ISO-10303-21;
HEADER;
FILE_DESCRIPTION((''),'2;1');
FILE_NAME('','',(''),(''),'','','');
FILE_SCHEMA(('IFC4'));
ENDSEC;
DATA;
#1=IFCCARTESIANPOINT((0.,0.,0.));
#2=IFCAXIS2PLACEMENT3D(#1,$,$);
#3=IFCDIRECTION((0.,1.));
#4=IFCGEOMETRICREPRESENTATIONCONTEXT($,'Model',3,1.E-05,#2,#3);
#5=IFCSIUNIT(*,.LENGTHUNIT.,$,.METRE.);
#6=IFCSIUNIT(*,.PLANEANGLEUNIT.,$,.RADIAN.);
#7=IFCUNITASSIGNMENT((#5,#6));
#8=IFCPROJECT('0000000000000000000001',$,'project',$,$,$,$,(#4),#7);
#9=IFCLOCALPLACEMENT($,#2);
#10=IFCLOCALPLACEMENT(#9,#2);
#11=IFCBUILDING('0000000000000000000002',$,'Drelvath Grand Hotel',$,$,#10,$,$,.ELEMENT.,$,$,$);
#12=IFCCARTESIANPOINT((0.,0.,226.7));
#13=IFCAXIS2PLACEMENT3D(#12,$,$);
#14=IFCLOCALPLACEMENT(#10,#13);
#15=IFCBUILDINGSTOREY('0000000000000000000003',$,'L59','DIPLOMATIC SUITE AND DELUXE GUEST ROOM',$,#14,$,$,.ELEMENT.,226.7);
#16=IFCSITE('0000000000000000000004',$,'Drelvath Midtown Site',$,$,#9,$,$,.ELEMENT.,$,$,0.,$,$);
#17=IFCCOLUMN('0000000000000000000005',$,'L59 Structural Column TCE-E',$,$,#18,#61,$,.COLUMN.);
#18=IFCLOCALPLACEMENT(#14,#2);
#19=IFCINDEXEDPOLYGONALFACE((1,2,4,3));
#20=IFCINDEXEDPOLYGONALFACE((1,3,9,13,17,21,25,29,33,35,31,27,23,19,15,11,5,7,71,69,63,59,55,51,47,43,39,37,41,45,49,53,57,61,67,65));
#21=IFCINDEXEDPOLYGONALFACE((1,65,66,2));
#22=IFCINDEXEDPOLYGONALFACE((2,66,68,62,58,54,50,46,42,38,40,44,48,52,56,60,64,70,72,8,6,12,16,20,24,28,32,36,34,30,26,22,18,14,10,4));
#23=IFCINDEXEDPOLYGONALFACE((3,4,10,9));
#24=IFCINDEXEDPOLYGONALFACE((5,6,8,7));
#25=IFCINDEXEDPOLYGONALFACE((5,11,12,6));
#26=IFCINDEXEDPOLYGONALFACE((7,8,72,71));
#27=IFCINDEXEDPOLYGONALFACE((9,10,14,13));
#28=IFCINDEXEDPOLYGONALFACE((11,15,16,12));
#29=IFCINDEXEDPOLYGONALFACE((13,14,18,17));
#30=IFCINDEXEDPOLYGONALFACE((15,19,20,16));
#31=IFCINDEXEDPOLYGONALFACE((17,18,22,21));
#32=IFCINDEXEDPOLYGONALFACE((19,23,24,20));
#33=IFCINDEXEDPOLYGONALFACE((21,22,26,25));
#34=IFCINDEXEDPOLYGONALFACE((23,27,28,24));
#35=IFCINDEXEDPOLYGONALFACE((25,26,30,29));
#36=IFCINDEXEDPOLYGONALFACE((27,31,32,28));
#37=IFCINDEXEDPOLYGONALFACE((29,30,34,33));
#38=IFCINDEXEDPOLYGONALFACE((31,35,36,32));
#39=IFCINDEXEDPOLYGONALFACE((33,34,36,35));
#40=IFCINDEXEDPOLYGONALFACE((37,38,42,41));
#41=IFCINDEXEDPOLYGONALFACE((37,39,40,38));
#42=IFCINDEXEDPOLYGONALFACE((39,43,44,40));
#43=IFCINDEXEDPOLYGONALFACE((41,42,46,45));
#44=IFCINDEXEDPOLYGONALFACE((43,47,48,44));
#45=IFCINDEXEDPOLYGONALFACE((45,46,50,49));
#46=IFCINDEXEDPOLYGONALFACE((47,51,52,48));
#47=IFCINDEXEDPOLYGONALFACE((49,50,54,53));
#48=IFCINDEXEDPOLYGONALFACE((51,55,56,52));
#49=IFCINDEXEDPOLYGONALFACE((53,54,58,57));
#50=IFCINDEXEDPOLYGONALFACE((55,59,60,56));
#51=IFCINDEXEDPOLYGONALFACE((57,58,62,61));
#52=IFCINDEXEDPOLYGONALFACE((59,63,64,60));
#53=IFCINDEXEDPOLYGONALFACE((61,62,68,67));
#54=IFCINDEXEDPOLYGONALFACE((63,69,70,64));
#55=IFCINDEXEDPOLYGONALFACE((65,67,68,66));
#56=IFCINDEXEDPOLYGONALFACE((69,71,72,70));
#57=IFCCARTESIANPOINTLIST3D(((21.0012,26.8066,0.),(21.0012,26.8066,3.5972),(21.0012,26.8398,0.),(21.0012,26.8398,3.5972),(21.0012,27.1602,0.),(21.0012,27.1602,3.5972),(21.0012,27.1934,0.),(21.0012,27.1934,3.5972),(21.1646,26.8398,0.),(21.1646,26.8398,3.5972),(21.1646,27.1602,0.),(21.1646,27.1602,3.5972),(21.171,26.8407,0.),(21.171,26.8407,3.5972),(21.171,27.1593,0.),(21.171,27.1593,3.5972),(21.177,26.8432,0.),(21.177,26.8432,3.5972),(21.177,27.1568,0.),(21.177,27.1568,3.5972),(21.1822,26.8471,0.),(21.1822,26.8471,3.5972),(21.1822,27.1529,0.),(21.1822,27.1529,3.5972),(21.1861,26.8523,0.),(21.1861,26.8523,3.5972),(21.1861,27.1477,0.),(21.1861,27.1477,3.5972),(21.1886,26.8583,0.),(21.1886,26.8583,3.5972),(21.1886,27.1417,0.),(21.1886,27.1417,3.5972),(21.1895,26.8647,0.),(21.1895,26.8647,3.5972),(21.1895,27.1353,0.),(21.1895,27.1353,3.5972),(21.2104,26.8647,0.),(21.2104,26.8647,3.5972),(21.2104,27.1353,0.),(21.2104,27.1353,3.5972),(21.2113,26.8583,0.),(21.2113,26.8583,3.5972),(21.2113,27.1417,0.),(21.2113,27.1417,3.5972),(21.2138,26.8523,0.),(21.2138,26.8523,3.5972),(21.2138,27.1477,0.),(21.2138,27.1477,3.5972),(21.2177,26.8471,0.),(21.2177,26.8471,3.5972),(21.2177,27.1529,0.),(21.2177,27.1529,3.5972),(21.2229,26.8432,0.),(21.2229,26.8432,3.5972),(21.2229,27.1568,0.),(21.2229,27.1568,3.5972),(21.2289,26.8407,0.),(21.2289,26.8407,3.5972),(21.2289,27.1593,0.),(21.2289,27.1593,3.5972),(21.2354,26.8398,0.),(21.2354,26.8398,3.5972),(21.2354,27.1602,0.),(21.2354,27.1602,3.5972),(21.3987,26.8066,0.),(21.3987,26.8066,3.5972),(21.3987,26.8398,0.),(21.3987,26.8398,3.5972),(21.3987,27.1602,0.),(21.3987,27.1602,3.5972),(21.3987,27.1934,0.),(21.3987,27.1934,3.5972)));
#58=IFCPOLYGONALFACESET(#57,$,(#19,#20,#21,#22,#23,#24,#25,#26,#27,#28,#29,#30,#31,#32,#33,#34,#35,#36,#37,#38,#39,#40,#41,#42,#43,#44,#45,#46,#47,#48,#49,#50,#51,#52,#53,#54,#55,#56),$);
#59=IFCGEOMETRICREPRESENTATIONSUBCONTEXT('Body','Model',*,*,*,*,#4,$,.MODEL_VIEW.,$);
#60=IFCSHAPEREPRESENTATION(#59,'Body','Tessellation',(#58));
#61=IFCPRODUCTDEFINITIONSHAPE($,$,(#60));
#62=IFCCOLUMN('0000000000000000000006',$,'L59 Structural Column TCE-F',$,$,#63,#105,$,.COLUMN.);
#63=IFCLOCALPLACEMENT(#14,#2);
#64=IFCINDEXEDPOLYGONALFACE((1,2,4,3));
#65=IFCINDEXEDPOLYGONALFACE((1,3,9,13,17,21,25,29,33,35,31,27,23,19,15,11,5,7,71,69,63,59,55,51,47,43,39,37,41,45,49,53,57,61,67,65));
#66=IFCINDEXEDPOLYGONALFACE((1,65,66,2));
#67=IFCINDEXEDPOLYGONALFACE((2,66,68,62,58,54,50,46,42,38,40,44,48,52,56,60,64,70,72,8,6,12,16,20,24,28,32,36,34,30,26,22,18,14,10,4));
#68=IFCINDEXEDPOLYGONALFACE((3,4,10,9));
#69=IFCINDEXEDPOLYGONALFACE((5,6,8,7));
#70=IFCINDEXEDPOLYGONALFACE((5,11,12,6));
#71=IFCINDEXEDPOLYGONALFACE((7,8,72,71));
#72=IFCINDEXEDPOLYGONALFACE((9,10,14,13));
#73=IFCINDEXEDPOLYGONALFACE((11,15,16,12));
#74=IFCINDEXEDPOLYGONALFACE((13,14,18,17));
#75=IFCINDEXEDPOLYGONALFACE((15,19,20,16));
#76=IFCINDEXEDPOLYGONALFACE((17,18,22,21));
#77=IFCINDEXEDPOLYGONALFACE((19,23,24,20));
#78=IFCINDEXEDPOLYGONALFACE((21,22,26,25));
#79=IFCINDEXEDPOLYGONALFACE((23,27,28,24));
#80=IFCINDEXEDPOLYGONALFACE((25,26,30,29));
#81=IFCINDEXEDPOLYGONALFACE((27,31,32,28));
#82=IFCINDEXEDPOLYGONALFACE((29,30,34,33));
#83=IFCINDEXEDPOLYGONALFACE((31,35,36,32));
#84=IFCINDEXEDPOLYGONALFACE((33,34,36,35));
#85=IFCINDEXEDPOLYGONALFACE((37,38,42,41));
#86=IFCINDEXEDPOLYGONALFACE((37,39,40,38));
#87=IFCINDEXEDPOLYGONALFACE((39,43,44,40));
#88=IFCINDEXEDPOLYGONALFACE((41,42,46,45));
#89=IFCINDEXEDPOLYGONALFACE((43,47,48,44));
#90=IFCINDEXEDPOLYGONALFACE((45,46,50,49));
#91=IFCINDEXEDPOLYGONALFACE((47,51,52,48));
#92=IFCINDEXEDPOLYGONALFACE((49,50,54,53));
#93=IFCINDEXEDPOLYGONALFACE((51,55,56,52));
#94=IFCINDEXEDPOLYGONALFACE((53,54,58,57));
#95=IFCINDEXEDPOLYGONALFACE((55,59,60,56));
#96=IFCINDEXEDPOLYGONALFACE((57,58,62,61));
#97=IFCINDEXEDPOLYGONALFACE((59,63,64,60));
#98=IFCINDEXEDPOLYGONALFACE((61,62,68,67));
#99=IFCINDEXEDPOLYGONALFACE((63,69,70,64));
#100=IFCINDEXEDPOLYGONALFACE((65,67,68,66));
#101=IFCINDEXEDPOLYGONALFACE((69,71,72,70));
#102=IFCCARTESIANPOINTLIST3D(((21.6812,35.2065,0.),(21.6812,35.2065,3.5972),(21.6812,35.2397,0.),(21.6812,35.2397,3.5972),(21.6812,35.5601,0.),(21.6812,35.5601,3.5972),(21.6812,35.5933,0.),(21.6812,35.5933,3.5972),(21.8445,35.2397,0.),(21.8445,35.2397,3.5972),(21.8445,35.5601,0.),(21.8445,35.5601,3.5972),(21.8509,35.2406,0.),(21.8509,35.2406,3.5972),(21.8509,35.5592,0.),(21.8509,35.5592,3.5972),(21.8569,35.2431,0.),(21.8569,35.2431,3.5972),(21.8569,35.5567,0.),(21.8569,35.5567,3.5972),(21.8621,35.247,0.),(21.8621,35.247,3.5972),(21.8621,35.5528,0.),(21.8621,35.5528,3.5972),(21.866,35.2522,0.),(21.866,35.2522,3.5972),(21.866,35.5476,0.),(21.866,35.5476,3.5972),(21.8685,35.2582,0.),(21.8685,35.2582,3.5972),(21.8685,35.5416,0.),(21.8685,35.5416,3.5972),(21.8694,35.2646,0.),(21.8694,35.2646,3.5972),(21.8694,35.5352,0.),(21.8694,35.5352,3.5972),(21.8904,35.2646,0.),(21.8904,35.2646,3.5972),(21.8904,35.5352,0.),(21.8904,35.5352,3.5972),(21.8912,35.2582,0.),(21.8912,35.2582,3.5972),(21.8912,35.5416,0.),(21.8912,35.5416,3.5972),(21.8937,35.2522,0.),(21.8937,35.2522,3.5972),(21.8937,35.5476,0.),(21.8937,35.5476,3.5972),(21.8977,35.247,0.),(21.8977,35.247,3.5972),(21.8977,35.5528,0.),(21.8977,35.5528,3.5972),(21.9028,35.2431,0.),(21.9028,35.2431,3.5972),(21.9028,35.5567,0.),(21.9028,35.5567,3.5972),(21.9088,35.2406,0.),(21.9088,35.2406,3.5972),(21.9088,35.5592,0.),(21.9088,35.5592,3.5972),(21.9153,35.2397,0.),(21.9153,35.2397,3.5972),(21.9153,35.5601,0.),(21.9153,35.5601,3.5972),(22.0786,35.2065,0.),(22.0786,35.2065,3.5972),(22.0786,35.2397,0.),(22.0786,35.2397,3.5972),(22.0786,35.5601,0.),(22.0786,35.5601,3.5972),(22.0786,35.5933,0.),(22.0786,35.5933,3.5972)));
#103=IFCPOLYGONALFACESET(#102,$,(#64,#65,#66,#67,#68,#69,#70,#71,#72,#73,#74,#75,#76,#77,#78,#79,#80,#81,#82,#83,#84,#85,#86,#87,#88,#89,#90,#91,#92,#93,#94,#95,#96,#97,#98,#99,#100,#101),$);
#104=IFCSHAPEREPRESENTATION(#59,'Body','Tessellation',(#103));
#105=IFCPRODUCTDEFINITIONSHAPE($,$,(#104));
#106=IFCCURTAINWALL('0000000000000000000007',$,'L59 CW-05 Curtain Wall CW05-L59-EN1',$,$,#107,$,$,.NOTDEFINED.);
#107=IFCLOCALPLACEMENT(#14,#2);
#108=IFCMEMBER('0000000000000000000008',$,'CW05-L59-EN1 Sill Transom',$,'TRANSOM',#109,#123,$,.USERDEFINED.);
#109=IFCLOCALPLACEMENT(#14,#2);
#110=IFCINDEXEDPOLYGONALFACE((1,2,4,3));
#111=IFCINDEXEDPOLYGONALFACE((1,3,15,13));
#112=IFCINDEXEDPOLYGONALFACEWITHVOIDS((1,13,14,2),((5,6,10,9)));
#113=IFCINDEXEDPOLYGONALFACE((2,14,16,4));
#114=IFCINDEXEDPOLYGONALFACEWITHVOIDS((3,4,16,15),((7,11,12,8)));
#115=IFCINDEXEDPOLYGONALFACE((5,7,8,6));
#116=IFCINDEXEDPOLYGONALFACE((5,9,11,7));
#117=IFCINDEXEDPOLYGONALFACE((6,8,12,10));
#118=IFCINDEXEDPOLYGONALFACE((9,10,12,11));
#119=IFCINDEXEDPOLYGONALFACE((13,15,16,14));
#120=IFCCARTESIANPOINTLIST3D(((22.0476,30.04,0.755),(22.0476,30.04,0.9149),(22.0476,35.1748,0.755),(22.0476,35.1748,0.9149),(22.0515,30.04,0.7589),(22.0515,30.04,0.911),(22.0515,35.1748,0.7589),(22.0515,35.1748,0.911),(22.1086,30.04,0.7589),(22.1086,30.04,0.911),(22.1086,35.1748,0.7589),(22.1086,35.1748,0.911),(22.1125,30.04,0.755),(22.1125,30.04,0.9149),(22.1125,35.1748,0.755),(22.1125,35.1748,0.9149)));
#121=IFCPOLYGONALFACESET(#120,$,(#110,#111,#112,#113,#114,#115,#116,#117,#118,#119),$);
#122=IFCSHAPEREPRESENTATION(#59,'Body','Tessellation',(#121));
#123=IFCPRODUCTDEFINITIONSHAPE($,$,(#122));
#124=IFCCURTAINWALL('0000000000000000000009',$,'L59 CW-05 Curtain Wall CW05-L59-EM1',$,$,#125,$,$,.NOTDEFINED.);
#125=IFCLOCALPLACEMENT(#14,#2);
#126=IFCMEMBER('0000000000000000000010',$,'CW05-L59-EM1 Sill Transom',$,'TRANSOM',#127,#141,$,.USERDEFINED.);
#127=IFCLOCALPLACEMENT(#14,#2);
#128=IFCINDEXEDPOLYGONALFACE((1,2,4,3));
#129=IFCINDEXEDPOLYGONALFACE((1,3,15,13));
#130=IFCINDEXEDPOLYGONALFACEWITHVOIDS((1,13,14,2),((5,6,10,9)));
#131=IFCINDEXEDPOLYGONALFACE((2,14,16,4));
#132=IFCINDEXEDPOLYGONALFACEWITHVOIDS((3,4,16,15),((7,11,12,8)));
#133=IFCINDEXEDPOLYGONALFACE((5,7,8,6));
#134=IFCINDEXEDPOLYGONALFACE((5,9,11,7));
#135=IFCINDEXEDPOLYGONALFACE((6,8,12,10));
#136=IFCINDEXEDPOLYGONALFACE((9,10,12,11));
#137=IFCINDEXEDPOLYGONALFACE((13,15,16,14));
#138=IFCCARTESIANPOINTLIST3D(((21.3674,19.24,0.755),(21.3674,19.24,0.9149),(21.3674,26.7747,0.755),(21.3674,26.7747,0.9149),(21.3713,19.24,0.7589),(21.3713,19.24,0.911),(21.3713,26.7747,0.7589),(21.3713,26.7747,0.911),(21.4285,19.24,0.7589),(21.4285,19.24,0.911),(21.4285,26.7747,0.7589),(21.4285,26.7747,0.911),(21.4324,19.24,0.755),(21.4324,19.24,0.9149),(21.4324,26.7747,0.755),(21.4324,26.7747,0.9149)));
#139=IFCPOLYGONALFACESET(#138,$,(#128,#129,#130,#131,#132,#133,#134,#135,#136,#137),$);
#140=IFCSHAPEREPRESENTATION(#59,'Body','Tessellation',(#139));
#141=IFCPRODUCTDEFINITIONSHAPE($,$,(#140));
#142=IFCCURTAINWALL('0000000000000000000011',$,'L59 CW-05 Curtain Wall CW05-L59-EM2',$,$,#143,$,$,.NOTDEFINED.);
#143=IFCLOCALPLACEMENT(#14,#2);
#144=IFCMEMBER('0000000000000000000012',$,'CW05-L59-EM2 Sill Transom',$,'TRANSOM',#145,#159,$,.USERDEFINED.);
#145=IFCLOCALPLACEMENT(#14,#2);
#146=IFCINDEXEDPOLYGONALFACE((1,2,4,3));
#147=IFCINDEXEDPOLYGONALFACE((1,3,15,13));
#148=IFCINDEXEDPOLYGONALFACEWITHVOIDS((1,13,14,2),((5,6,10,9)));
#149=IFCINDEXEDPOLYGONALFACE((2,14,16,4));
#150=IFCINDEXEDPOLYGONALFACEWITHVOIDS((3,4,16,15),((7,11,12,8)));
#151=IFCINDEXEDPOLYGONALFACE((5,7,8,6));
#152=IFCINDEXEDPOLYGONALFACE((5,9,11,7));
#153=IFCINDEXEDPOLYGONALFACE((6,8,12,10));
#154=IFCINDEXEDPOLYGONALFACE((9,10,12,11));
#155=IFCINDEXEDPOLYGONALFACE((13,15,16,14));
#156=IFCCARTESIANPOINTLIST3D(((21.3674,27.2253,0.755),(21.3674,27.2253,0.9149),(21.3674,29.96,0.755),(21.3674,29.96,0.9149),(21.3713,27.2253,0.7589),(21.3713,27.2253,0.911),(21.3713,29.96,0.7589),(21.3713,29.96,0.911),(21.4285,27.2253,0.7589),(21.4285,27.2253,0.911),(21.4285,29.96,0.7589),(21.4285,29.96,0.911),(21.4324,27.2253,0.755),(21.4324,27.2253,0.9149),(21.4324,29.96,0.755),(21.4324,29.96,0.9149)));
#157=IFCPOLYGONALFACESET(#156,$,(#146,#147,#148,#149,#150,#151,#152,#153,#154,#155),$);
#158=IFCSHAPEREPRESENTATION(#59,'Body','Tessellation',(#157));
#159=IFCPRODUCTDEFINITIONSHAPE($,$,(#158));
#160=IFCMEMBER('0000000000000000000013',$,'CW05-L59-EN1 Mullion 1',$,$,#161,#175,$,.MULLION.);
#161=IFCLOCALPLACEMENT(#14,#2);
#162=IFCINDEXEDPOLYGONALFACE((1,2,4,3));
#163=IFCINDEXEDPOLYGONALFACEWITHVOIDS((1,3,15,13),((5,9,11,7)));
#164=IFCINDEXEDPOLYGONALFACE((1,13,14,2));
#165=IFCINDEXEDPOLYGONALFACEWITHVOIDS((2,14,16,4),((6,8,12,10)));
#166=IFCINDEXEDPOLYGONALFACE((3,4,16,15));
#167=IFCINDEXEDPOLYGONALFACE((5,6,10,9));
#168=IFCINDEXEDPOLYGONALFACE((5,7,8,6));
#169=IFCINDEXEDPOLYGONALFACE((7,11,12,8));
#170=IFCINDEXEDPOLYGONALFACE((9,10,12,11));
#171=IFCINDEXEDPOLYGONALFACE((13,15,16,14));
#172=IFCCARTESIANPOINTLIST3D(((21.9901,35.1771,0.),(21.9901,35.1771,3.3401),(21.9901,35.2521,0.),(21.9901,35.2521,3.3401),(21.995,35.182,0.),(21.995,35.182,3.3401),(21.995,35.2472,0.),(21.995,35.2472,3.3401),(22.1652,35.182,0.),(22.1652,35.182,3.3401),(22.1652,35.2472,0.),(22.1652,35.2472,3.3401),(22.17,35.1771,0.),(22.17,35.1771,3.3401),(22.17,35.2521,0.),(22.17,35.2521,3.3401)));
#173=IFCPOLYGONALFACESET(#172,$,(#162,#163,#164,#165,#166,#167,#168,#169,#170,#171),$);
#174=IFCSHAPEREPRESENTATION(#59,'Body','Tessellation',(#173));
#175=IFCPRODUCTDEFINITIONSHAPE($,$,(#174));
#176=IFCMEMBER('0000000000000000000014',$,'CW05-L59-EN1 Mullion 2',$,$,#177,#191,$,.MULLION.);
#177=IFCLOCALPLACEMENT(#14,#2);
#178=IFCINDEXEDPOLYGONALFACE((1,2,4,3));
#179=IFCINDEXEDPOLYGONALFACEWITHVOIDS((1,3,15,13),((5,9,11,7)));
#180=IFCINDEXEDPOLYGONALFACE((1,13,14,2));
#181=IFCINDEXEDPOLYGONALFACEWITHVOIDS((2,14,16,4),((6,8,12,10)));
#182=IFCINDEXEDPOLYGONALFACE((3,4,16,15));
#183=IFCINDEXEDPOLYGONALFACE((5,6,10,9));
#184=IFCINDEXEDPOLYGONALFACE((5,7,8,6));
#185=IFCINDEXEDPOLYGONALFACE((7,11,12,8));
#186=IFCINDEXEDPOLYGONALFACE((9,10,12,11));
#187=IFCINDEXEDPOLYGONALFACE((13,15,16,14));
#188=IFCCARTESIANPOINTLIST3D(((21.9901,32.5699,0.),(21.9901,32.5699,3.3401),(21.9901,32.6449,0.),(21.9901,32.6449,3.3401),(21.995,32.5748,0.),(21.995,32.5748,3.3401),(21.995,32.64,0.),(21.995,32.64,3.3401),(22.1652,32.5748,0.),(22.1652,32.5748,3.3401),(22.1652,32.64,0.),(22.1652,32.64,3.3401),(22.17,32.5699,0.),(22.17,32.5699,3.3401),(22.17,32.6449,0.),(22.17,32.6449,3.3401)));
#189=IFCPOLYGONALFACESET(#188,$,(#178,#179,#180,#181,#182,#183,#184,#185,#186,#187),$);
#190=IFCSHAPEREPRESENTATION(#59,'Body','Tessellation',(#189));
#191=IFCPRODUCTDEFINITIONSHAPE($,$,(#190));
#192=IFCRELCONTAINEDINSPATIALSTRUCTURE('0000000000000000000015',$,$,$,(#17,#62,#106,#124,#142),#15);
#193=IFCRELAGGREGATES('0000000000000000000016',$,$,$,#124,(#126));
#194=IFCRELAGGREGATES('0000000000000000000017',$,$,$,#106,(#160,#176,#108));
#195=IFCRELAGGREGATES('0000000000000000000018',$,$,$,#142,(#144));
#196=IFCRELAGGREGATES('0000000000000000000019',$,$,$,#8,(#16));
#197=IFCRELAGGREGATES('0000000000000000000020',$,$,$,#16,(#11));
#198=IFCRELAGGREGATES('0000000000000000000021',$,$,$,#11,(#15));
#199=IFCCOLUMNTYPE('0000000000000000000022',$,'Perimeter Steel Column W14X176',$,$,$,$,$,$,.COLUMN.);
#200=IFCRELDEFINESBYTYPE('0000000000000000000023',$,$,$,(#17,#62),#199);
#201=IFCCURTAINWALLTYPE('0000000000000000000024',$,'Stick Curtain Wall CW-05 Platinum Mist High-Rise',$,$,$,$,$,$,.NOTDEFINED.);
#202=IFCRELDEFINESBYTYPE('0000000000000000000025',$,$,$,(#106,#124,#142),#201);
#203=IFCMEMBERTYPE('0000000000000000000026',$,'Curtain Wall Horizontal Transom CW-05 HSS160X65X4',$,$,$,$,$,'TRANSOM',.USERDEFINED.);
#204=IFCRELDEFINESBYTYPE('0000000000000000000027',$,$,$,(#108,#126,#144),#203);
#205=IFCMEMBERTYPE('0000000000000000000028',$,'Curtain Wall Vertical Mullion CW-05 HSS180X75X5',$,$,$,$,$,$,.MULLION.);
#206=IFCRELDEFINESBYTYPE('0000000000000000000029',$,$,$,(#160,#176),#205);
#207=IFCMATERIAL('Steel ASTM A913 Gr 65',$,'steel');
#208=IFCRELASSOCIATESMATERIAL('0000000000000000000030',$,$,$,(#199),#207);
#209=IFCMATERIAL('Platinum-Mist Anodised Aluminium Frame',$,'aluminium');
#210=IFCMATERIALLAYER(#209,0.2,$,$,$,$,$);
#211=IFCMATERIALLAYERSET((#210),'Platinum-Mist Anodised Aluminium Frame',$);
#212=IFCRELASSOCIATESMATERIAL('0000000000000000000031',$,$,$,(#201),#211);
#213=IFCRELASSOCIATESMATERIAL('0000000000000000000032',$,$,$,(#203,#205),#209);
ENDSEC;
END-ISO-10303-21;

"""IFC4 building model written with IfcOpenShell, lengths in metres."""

from ifc_helpers import new_model, si_unit, direction, frame, origin, origin_2d, place, context, subcontext, project, spatial, hollow_rectangle, i_section, extrude, material, layer, layer_set, material_profile, profile_set, type_object, element, aggregate, save


model = new_model("IFC4")

# Units and contexts
model_context = context("Model", 3, precision=1e-05, world=origin(), true_north=direction((0.0, 1.0)))
body_context = subcontext(model_context, "Body", "Model", "MODEL_VIEW")
ifc_project = project(units=[si_unit("LENGTHUNIT", "METRE"), si_unit("PLANEANGLEUNIT", "RADIAN")], contexts=[model_context])

# Site, building, storey
site_placement = place(None, origin())
site = spatial("IfcSite", under=ifc_project, at=site_placement, Name="Drelvath Midtown Site", CompositionType="ELEMENT", RefElevation=0.0)
building_placement = place(site_placement, origin())
building = spatial("IfcBuilding", under=site, at=building_placement, Name="Drelvath Grand Hotel", CompositionType="ELEMENT")
storey_placement = place(building_placement, frame((0.0, 0.0, 226.7)))
storey = spatial("IfcBuildingStorey", under=building, at=storey_placement, Name="L59", Description="DIPLOMATIC SUITE AND DELUXE GUEST ROOM", CompositionType="ELEMENT", Elevation=226.7)

# Columns
ifc_material_1 = material(Name="Steel ASTM A913 Gr 65", Category="steel")
ifc_material_profile_1 = material_profile(ifc_material_1, i_section(OverallWidth=0.3975, OverallDepth=0.3867, WebThickness=0.021, FlangeThickness=0.0332, FilletRadius=0.0249, at=origin_2d()), Name="W14X176")
ifc_profile_set_1 = profile_set([ifc_material_profile_1], Name="Steel ASTM A913 Gr 65")
column_type = type_object("IfcColumnType", Name="Perimeter Steel Column W14X176", PredefinedType="COLUMN", material=ifc_profile_set_1)
for number, where, z_axis, x_axis, name in (
    (1, (21.2, 27.0, 0.0), (0.0, 0.0, 1.0), (1.0, 0.0, 0.0), "L59 Structural Column TCE-E"),
    (2, (21.8799, 35.3999, 0.0), (0.0, 0.0, 1.0), (1.0, 0.0, 0.0), "L59 Structural Column TCE-F"),
):
    element("IfcColumn", number, at=place(storey_placement, frame(where, z_axis=z_axis, x_axis=x_axis)), inside=storey, type_object=column_type, Name=name, PredefinedType="COLUMN", context=body_context, shape_type="SweptSolid", body=[
        extrude(i_section(OverallWidth=0.3975, OverallDepth=0.3867, WebThickness=0.021, FlangeThickness=0.0332, FilletRadius=0.0249, at=origin_2d()), origin(), (0.0, 0.0, 1.0), 3.5972),
    ])

# Curtain walls, members
ifc_material_2 = material(Name="Platinum-Mist Anodised Aluminium Frame", Category="aluminium")
ifc_layer_1 = layer(ifc_material_2, 0.2)
ifc_layer_set_1 = layer_set([ifc_layer_1], Name="Platinum-Mist Anodised Aluminium Frame")
curtain_wall_type = type_object("IfcCurtainWallType", Name="Stick Curtain Wall CW-05 Platinum Mist High-Rise", PredefinedType="NOTDEFINED", material=ifc_layer_set_1)
curtain_wall_1_placement = place(storey_placement, origin())
curtain_wall_1 = element("IfcCurtainWall", 3, at=curtain_wall_1_placement, inside=storey, type_object=curtain_wall_type, Name="L59 CW-05 Curtain Wall CW05-L59-EN1", PredefinedType="NOTDEFINED")
ifc_material_profile_2 = material_profile(ifc_material_2, hollow_rectangle(XDim=0.0649, YDim=0.1599, WallThickness=0.0039, at=origin_2d()), Name="HSS160X65X4")
ifc_profile_set_2 = profile_set([ifc_material_profile_2], Name="Platinum-Mist Anodised Aluminium Frame")
member_type_1 = type_object("IfcMemberType", Name="Curtain Wall Horizontal Transom CW-05 HSS160X65X4", ElementType="TRANSOM", PredefinedType="USERDEFINED", material=ifc_profile_set_2)
member_1_placement = place(storey_placement, frame((22.0801, 35.1748, 0.835), z_axis=(0.0, -1.0, 0.0), x_axis=(1.0, 0.0, 0.0)))
member_1 = element("IfcMember", 4, at=member_1_placement, type_object=member_type_1, Name="CW05-L59-EN1 Sill Transom", ObjectType="TRANSOM", PredefinedType="USERDEFINED", context=body_context, shape_type="SweptSolid", body=[
    extrude(hollow_rectangle(XDim=0.0649, YDim=0.1599, WallThickness=0.0039, at=origin_2d()), origin(), (0.0, 0.0, 1.0), 5.1348),
])
curtain_wall_2_placement = place(storey_placement, origin())
curtain_wall_2 = element("IfcCurtainWall", 5, at=curtain_wall_2_placement, inside=storey, type_object=curtain_wall_type, Name="L59 CW-05 Curtain Wall CW05-L59-EM1", PredefinedType="NOTDEFINED")
member_2_placement = place(storey_placement, frame((21.3999, 26.7747, 0.835), z_axis=(0.0, -1.0, 0.0), x_axis=(1.0, 0.0, 0.0)))
member_2 = element("IfcMember", 6, at=member_2_placement, type_object=member_type_1, Name="CW05-L59-EM1 Sill Transom", ObjectType="TRANSOM", PredefinedType="USERDEFINED", context=body_context, shape_type="SweptSolid", body=[
    extrude(hollow_rectangle(XDim=0.0649, YDim=0.1599, WallThickness=0.0039, at=origin_2d()), origin(), (0.0, 0.0, 1.0), 7.5347),
])
curtain_wall_3_placement = place(storey_placement, origin())
curtain_wall_3 = element("IfcCurtainWall", 7, at=curtain_wall_3_placement, inside=storey, type_object=curtain_wall_type, Name="L59 CW-05 Curtain Wall CW05-L59-EM2", PredefinedType="NOTDEFINED")
member_3_placement = place(storey_placement, frame((21.3999, 29.96, 0.835), z_axis=(0.0, -1.0, 0.0), x_axis=(1.0, 0.0, 0.0)))
member_3 = element("IfcMember", 8, at=member_3_placement, type_object=member_type_1, Name="CW05-L59-EM2 Sill Transom", ObjectType="TRANSOM", PredefinedType="USERDEFINED", context=body_context, shape_type="SweptSolid", body=[
    extrude(hollow_rectangle(XDim=0.0649, YDim=0.1599, WallThickness=0.0039, at=origin_2d()), origin(), (0.0, 0.0, 1.0), 2.7346),
])

# Members
ifc_material_profile_3 = material_profile(ifc_material_2, hollow_rectangle(XDim=0.075, YDim=0.1799, WallThickness=0.0049, at=origin_2d()), Name="HSS180X75X5")
ifc_profile_set_3 = profile_set([ifc_material_profile_3], Name="Platinum-Mist Anodised Aluminium Frame")
member_type_2 = type_object("IfcMemberType", Name="Curtain Wall Vertical Mullion CW-05 HSS180X75X5", PredefinedType="MULLION", material=ifc_profile_set_3)
member_4_placement = place(storey_placement, frame((22.0801, 35.2146, 0.0), z_axis=(0.0, 0.0, 1.0), x_axis=(0.0, 1.0, 0.0)))
member_4 = element("IfcMember", 9, at=member_4_placement, type_object=member_type_2, Name="CW05-L59-EN1 Mullion 1", PredefinedType="MULLION", context=body_context, shape_type="SweptSolid", body=[
    extrude(hollow_rectangle(XDim=0.075, YDim=0.1799, WallThickness=0.0049, at=origin_2d()), origin(), (0.0, 0.0, 1.0), 3.3401),
])
member_5_placement = place(storey_placement, frame((22.0801, 32.6074, 0.0), z_axis=(0.0, 0.0, 1.0), x_axis=(0.0, 1.0, 0.0)))
member_5 = element("IfcMember", 10, at=member_5_placement, type_object=member_type_2, Name="CW05-L59-EN1 Mullion 2", PredefinedType="MULLION", context=body_context, shape_type="SweptSolid", body=[
    extrude(hollow_rectangle(XDim=0.075, YDim=0.1799, WallThickness=0.0049, at=origin_2d()), origin(), (0.0, 0.0, 1.0), 3.3401),
])

aggregate(curtain_wall_2, [member_2])

aggregate(curtain_wall_1, [member_4, member_5, member_1])
aggregate(curtain_wall_3, [member_3])

save(model, "model.ifc")
